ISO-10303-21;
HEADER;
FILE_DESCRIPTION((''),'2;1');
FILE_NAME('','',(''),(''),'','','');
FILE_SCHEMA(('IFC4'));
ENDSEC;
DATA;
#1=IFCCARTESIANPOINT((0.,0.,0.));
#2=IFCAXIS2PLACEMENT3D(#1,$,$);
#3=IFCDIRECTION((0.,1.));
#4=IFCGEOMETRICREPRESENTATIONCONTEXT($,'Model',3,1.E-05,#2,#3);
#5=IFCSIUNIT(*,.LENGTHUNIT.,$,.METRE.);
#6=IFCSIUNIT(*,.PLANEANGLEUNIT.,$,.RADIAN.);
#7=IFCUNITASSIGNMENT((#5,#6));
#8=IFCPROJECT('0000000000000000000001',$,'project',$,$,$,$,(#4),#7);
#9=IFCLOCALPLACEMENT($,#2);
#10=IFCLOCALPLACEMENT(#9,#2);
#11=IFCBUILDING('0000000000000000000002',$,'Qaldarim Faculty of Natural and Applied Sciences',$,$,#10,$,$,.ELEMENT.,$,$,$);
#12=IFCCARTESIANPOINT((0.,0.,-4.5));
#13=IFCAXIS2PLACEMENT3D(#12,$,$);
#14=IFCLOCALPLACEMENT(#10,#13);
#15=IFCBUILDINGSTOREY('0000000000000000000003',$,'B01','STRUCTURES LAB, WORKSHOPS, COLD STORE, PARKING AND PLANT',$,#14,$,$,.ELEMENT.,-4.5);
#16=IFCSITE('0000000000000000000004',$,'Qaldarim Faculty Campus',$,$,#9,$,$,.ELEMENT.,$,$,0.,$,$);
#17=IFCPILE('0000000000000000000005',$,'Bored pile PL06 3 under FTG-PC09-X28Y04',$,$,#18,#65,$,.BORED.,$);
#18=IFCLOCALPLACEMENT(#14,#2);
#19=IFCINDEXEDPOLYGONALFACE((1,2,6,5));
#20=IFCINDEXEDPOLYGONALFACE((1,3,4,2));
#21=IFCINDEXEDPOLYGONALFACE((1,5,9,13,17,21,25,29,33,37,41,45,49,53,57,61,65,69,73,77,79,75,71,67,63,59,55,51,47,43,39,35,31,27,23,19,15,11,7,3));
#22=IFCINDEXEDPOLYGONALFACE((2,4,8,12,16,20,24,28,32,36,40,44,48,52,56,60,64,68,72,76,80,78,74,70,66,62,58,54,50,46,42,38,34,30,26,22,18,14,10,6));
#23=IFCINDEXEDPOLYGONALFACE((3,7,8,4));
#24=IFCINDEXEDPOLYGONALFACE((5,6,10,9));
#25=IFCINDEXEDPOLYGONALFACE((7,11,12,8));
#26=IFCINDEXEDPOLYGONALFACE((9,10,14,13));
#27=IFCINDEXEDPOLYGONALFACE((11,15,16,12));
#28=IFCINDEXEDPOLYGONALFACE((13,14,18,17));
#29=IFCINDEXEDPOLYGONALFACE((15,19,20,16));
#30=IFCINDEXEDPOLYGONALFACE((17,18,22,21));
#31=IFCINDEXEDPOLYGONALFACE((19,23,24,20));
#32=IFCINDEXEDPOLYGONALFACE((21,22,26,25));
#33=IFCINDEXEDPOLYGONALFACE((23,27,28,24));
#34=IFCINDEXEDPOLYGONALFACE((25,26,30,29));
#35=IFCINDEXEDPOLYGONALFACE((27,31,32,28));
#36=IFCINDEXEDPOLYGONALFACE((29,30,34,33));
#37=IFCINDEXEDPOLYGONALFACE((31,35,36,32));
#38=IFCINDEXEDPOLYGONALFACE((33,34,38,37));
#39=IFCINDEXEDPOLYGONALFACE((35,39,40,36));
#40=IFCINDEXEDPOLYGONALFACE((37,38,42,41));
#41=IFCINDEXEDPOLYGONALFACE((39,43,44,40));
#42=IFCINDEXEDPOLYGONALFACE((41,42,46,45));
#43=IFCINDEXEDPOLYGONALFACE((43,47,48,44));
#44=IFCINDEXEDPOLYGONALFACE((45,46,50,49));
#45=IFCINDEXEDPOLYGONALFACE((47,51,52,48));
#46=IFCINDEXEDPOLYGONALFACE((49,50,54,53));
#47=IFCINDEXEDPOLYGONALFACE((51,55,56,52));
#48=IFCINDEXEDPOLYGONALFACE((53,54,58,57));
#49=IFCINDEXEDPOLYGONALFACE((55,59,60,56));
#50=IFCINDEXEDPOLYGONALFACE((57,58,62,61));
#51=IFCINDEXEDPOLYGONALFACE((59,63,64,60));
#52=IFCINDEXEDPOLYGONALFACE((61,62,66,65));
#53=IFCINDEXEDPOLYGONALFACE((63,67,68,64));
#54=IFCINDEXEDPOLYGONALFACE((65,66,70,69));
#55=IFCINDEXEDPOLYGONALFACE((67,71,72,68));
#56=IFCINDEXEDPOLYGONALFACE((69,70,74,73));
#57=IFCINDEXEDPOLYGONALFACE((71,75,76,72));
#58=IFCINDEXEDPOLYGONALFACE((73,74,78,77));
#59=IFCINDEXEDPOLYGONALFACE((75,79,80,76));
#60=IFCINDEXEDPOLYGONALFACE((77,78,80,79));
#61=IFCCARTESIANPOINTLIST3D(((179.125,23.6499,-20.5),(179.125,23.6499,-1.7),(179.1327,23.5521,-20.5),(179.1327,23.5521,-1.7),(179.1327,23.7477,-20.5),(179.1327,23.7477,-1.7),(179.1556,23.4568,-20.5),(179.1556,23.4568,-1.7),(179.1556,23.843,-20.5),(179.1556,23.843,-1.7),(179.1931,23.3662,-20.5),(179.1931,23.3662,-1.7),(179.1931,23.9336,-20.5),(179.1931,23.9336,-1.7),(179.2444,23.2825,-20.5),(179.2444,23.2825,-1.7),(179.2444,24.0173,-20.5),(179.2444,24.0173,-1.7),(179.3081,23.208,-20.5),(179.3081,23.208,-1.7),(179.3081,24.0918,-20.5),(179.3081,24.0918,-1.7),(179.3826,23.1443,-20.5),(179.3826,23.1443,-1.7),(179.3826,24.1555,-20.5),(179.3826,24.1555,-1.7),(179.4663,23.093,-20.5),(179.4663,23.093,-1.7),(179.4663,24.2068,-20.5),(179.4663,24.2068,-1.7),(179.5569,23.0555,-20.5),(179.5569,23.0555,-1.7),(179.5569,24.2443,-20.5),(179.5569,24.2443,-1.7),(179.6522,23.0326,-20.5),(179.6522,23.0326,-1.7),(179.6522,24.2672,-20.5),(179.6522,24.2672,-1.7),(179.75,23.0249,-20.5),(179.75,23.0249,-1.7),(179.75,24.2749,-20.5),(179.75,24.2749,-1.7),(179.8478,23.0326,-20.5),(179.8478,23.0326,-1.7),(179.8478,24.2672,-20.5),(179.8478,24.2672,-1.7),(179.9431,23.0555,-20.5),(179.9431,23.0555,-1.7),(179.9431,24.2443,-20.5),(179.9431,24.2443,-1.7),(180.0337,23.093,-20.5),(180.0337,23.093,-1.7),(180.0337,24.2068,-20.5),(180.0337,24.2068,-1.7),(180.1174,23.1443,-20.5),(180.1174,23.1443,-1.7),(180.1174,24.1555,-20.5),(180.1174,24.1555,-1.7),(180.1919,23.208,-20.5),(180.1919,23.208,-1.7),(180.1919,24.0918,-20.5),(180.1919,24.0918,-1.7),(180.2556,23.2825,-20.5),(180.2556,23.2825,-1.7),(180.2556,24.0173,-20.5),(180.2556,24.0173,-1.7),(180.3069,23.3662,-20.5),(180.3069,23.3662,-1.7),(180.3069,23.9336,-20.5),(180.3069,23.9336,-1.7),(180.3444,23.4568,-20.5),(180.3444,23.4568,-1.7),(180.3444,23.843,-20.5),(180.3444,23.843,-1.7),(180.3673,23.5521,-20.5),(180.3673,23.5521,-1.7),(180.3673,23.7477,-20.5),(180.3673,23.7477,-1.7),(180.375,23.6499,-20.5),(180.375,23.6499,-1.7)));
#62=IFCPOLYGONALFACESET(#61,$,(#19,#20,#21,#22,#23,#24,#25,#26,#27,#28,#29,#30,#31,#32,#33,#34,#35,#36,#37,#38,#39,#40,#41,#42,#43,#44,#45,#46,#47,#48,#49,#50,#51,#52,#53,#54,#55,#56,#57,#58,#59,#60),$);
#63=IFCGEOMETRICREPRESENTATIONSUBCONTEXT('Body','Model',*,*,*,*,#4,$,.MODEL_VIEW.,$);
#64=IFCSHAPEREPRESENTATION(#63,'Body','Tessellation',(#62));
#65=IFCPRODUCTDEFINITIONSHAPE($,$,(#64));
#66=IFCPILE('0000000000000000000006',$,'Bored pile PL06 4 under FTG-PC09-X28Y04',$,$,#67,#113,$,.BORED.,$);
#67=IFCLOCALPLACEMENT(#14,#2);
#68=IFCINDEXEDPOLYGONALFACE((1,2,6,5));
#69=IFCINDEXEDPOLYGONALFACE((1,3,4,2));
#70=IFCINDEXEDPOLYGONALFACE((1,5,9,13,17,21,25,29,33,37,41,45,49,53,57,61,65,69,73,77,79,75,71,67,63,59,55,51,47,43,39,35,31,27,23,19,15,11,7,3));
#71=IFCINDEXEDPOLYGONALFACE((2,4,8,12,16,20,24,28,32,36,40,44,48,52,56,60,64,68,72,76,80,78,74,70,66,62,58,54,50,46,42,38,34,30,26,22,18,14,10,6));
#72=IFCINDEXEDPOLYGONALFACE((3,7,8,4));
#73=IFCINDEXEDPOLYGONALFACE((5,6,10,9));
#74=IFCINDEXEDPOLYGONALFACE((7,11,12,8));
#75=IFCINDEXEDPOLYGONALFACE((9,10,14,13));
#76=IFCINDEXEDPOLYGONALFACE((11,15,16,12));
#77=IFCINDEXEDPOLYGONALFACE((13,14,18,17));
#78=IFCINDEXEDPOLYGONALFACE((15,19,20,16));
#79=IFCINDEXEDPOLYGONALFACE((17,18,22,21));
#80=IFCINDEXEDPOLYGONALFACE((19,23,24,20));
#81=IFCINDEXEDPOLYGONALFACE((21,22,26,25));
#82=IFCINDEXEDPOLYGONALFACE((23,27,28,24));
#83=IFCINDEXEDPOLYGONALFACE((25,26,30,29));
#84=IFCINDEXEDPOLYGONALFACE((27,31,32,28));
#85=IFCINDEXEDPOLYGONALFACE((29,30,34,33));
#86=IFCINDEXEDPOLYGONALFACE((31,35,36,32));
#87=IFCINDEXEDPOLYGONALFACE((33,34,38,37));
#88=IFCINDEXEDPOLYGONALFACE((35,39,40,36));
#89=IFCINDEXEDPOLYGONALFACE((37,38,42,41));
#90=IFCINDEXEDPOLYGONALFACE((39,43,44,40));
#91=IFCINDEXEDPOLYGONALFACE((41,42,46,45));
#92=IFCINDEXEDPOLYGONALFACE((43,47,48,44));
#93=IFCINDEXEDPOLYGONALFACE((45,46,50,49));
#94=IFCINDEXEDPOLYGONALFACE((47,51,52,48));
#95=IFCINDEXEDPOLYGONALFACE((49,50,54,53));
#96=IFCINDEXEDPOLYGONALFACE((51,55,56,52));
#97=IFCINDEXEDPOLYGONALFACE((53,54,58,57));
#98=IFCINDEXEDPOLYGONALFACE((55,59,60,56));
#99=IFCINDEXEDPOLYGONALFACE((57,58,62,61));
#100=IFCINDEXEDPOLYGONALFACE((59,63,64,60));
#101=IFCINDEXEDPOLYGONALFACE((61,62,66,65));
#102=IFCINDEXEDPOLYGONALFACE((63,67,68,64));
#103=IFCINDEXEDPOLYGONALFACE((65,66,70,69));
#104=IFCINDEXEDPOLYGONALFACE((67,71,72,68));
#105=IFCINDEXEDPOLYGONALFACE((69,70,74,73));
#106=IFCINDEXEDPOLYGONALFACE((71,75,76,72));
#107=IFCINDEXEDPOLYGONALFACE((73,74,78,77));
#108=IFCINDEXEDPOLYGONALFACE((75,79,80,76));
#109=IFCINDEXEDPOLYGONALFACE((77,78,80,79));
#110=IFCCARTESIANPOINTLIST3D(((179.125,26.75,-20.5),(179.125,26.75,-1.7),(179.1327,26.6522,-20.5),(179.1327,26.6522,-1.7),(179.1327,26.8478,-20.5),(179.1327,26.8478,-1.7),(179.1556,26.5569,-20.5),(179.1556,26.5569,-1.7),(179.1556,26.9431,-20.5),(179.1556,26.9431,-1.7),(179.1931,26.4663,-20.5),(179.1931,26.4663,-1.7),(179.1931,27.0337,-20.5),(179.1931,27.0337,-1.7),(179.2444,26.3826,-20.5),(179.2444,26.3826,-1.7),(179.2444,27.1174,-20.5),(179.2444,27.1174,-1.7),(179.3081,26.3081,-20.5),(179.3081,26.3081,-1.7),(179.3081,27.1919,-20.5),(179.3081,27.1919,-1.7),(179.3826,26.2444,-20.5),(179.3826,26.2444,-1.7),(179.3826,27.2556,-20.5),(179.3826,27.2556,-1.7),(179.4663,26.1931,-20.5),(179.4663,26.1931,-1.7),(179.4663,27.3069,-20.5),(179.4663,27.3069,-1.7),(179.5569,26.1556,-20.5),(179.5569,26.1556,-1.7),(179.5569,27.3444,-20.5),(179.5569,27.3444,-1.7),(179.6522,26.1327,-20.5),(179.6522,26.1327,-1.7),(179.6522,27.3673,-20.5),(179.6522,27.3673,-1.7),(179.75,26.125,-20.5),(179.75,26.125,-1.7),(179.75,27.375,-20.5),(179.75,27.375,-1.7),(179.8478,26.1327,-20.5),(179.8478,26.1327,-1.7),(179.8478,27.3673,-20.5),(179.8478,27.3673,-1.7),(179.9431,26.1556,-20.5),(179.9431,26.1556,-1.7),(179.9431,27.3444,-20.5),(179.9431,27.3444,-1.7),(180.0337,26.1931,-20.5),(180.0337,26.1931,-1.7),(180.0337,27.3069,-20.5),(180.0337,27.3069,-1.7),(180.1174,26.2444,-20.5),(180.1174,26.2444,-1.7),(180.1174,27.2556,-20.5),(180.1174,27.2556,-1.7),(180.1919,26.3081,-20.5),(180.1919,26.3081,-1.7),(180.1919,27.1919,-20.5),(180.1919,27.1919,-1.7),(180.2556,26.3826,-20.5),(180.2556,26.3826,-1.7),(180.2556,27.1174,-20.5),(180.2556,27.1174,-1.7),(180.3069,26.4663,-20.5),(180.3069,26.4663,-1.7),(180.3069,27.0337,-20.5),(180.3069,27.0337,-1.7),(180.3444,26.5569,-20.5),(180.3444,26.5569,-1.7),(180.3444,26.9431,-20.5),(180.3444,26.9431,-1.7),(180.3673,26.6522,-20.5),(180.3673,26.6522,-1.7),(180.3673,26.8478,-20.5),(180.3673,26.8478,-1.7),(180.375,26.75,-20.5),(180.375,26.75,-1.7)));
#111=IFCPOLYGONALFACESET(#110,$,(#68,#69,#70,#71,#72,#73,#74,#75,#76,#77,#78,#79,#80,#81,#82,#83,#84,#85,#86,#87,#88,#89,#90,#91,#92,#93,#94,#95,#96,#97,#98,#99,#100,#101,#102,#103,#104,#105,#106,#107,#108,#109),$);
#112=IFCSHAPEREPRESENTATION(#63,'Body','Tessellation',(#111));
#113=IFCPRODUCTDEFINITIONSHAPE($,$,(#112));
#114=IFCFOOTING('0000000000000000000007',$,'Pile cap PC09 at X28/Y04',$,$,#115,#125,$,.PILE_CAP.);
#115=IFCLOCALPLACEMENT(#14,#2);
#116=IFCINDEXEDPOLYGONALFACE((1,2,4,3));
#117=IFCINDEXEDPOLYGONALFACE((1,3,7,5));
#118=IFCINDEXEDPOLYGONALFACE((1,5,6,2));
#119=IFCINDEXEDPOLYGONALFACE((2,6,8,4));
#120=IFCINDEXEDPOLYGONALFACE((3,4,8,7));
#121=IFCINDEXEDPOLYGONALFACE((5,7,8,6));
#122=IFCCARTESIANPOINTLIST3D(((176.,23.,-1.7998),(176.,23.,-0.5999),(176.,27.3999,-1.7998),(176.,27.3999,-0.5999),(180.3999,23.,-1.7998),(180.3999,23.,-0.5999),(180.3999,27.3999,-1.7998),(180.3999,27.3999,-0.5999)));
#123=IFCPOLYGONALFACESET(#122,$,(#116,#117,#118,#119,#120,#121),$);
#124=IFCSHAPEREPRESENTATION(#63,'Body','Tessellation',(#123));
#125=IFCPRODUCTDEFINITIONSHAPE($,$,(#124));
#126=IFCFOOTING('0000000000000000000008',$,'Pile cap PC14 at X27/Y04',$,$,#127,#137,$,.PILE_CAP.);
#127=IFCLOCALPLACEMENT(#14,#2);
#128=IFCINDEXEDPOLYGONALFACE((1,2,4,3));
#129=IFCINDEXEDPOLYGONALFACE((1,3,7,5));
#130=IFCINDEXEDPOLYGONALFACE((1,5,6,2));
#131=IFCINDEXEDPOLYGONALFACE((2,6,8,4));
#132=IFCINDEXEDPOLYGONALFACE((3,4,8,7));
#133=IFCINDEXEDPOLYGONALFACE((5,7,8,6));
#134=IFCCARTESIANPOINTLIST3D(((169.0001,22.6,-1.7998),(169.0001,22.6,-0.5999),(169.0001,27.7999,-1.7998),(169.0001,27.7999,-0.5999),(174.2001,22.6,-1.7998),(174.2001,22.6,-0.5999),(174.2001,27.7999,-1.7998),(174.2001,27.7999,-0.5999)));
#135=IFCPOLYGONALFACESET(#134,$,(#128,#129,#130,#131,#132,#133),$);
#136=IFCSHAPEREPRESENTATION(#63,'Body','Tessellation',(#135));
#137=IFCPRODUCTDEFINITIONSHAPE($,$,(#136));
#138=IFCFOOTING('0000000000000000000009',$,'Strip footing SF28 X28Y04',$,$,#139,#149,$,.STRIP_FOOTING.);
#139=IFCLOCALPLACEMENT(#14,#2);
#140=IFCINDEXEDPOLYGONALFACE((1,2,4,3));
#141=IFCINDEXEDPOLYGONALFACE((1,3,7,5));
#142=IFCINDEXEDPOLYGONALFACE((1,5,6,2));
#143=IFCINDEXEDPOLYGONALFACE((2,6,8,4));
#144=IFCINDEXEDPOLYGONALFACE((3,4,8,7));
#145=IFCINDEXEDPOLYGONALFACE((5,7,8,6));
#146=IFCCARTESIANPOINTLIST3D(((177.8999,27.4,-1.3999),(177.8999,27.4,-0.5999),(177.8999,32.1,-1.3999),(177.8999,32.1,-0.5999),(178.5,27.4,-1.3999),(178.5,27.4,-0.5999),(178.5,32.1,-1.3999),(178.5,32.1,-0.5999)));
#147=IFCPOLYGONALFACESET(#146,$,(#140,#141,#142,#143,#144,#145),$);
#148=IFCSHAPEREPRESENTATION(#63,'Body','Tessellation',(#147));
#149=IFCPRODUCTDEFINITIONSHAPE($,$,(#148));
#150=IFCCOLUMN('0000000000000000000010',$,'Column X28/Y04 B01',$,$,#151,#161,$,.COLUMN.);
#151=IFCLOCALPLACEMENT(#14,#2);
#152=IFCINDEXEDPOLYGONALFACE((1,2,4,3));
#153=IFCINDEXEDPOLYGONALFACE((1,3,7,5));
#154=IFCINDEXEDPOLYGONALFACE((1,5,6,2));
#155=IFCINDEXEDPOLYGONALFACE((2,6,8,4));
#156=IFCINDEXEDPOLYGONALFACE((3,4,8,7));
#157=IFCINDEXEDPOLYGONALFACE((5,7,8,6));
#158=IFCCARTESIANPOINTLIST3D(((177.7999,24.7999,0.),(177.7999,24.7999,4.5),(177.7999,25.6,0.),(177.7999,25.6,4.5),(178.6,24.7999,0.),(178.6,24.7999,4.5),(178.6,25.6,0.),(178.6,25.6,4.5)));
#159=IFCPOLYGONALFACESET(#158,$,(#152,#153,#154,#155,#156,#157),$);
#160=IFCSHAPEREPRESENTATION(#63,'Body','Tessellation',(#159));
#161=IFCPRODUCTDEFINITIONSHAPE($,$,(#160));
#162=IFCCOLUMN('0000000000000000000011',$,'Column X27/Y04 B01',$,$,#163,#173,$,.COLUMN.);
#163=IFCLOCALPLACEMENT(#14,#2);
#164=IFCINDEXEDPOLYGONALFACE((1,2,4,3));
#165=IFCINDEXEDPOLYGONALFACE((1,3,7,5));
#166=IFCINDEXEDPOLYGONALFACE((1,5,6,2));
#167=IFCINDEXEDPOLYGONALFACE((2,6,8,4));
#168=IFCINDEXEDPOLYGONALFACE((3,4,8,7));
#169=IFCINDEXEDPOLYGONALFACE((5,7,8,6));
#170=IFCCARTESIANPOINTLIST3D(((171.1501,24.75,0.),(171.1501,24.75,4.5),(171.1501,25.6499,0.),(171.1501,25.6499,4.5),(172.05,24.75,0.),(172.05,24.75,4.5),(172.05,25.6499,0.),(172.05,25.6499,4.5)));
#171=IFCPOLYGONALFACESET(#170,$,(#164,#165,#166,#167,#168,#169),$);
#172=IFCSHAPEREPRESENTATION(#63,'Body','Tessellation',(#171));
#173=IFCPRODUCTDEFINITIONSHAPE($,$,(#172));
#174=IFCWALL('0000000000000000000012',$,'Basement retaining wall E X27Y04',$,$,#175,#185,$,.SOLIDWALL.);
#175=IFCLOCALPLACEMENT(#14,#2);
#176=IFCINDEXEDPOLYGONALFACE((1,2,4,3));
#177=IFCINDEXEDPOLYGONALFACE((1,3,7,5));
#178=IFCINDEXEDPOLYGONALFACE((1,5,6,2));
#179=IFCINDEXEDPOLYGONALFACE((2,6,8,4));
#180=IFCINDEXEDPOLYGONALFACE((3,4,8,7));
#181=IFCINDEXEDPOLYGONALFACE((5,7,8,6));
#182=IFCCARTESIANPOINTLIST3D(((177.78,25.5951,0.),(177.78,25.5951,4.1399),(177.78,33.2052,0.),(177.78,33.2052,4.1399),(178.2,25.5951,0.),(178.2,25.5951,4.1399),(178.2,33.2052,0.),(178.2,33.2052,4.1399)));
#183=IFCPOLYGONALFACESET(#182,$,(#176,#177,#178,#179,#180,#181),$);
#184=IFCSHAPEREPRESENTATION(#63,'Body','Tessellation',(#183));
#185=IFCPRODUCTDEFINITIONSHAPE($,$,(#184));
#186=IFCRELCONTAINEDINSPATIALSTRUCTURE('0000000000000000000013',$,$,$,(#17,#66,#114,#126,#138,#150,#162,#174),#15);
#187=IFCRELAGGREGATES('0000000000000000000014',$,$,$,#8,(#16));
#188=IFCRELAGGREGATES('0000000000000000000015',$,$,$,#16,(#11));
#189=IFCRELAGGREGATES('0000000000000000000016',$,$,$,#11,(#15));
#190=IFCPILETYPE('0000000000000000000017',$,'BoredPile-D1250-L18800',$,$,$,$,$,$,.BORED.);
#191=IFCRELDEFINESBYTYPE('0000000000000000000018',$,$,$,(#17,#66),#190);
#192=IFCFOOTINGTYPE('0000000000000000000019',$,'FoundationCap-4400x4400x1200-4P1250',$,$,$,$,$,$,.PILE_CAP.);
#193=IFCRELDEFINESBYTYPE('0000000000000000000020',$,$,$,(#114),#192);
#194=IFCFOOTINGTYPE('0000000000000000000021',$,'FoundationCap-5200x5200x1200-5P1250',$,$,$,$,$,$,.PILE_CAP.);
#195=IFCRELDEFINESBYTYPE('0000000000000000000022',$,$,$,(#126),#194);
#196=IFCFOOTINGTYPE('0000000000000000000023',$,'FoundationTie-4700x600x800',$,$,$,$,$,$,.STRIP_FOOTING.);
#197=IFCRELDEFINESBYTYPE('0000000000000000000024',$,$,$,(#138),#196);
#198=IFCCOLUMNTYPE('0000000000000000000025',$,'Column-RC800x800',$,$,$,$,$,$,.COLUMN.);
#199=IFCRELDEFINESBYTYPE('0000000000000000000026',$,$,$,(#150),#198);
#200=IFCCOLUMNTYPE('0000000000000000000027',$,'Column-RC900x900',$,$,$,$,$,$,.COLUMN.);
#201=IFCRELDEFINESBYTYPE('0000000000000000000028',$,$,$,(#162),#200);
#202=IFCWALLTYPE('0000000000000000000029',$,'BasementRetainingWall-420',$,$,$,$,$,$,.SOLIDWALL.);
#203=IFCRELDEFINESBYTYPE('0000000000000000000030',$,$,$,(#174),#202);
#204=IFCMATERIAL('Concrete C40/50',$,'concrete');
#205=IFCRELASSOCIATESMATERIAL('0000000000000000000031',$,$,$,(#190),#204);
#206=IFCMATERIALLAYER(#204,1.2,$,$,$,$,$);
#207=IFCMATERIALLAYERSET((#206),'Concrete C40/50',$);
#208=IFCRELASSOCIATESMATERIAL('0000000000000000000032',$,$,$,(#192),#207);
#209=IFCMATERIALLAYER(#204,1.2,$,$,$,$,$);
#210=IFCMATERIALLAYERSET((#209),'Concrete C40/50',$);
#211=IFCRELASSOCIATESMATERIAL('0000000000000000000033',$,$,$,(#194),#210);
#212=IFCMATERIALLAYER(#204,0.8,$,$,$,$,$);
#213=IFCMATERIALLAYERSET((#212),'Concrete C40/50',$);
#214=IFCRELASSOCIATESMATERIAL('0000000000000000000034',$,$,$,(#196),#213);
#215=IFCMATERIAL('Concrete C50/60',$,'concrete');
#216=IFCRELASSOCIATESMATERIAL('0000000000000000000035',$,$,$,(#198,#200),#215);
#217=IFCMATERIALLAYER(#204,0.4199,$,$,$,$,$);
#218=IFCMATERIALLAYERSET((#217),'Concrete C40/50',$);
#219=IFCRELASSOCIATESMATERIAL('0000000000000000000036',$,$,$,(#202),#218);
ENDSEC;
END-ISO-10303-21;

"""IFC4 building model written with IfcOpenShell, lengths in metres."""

from ifc_helpers import new_model, si_unit, direction, frame, frame_2d, origin, origin_2d, place, context, subcontext, project, spatial, rectangle, circle, extrude, material, layer, layer_set, material_profile, profile_set, type_object, element, save


model = new_model("IFC4")

# Units and contexts
model_context = context("Model", 3, precision=1e-05, world=origin(), true_north=direction((0.0, 1.0)))
body_context = subcontext(model_context, "Body", "Model", "MODEL_VIEW")
ifc_project = project(units=[si_unit("LENGTHUNIT", "METRE"), si_unit("PLANEANGLEUNIT", "RADIAN")], contexts=[model_context])

# Site, building, storey
site_placement = place(None, origin())
site = spatial("IfcSite", under=ifc_project, at=site_placement, Name="Qaldarim Faculty Campus", CompositionType="ELEMENT", RefElevation=0.0)
building_placement = place(site_placement, origin())
building = spatial("IfcBuilding", under=site, at=building_placement, Name="Qaldarim Faculty of Natural and Applied Sciences", CompositionType="ELEMENT")
storey_placement = place(building_placement, frame((0.0, 0.0, -4.5)))
storey = spatial("IfcBuildingStorey", under=building, at=storey_placement, Name="B01", Description="STRUCTURES LAB, WORKSHOPS, COLD STORE, PARKING AND PLANT", CompositionType="ELEMENT", Elevation=-4.5)

# Piles
ifc_material_1 = material(Name="Concrete C40/50", Category="concrete")
ifc_material_profile_1 = material_profile(ifc_material_1, circle(Radius=0.625, at=origin_2d()), Name="PILE-D1250")
ifc_profile_set_1 = profile_set([ifc_material_profile_1], Name="Concrete C40/50")
pile_type = type_object("IfcPileType", Name="BoredPile-D1250-L18800", PredefinedType="BORED", material=ifc_profile_set_1)
for number, where, z_axis, x_axis, name in (
    (1, (179.75, 23.6499, -1.7), (0.0, 0.0, -1.0), (1.0, 0.0, 0.0), "Bored pile PL06 3 under FTG-PC09-X28Y04"),
    (2, (179.75, 26.75, -1.7), (0.0, 0.0, -1.0), (1.0, 0.0, 0.0), "Bored pile PL06 4 under FTG-PC09-X28Y04"),
):
    element("IfcPile", number, at=place(storey_placement, frame(where, z_axis=z_axis, x_axis=x_axis)), inside=storey, type_object=pile_type, Name=name, PredefinedType="BORED", context=body_context, shape_type="SweptSolid", body=[
        extrude(circle(Radius=0.625, at=origin_2d()), origin(), (0.0, 0.0, 1.0), 18.8),
    ])

# Footings
ifc_layer_1 = layer(ifc_material_1, 1.2)
ifc_layer_set_1 = layer_set([ifc_layer_1], Name="Concrete C40/50")
footing_type_1 = type_object("IfcFootingType", Name="FoundationCap-4400x4400x1200-4P1250", PredefinedType="PILE_CAP", material=ifc_layer_set_1)
footing_1_placement = place(storey_placement, frame((178.2, 25.2, -1.7998), z_axis=(0.0, 0.0, 1.0), x_axis=(1.0, 0.0, 0.0)))
element("IfcFooting", 3, at=footing_1_placement, inside=storey, type_object=footing_type_1, Name="Pile cap PC09 at X28/Y04", PredefinedType="PILE_CAP", context=body_context, shape_type="SweptSolid", body=[
    extrude(rectangle(XDim=4.3999, YDim=4.3999, at=origin_2d()), origin(), (0.0, 0.0, 1.0), 1.2),
])
ifc_layer_2 = layer(ifc_material_1, 1.2)
ifc_layer_set_2 = layer_set([ifc_layer_2], Name="Concrete C40/50")
footing_type_2 = type_object("IfcFootingType", Name="FoundationCap-5200x5200x1200-5P1250", PredefinedType="PILE_CAP", material=ifc_layer_set_2)
footing_2_placement = place(storey_placement, frame((171.6001, 25.2, -1.7998), z_axis=(0.0, 0.0, 1.0), x_axis=(1.0, 0.0, 0.0)))
element("IfcFooting", 4, at=footing_2_placement, inside=storey, type_object=footing_type_2, Name="Pile cap PC14 at X27/Y04", PredefinedType="PILE_CAP", context=body_context, shape_type="SweptSolid", body=[
    extrude(rectangle(XDim=5.2, YDim=5.2, at=origin_2d()), origin(), (0.0, 0.0, 1.0), 1.2),
])
ifc_layer_3 = layer(ifc_material_1, 0.8)
ifc_layer_set_3 = layer_set([ifc_layer_3], Name="Concrete C40/50")
footing_type_3 = type_object("IfcFootingType", Name="FoundationTie-4700x600x800", PredefinedType="STRIP_FOOTING", material=ifc_layer_set_3)
footing_3_placement = place(storey_placement, frame((178.2, 29.75, -1.3999), z_axis=(0.0, 0.0, 1.0), x_axis=(0.0, 1.0, 0.0)))
element("IfcFooting", 5, at=footing_3_placement, inside=storey, type_object=footing_type_3, Name="Strip footing SF28 X28Y04", PredefinedType="STRIP_FOOTING", context=body_context, shape_type="SweptSolid", body=[
    extrude(rectangle(XDim=4.7, YDim=0.6001, at=origin_2d()), origin(), (0.0, 0.0, 1.0), 0.8),
])

# Columns
ifc_material_2 = material(Name="Concrete C50/60", Category="concrete")
ifc_material_profile_2 = material_profile(ifc_material_2, rectangle(XDim=0.8, YDim=0.8, at=origin_2d()), Name="RC-C800x800")
ifc_profile_set_2 = profile_set([ifc_material_profile_2], Name="Concrete C50/60")
column_type_1 = type_object("IfcColumnType", Name="Column-RC800x800", PredefinedType="COLUMN", material=ifc_profile_set_2)
column_1_placement = place(storey_placement, frame((178.2, 25.2, 0.0), z_axis=(0.0, 0.0, 1.0), x_axis=(1.0, 0.0, 0.0)))
element("IfcColumn", 6, at=column_1_placement, inside=storey, type_object=column_type_1, Name="Column X28/Y04 B01", PredefinedType="COLUMN", context=body_context, shape_type="SweptSolid", body=[
    extrude(rectangle(XDim=0.8, YDim=0.8, at=origin_2d()), origin(), (0.0, 0.0, 1.0), 4.5),
])
ifc_material_profile_3 = material_profile(ifc_material_2, rectangle(XDim=0.8999, YDim=0.8999, at=origin_2d()), Name="RC-C900x900")
ifc_profile_set_3 = profile_set([ifc_material_profile_3], Name="Concrete C50/60")
column_type_2 = type_object("IfcColumnType", Name="Column-RC900x900", PredefinedType="COLUMN", material=ifc_profile_set_3)
column_2_placement = place(storey_placement, frame((171.6001, 25.2, 0.0), z_axis=(0.0, 0.0, 1.0), x_axis=(1.0, 0.0, 0.0)))
element("IfcColumn", 7, at=column_2_placement, inside=storey, type_object=column_type_2, Name="Column X27/Y04 B01", PredefinedType="COLUMN", context=body_context, shape_type="SweptSolid", body=[
    extrude(rectangle(XDim=0.8999, YDim=0.8999, at=origin_2d()), origin(), (0.0, 0.0, 1.0), 4.5),
])

# Wall
ifc_layer_4 = layer(ifc_material_1, 0.4199)
ifc_layer_set_4 = layer_set([ifc_layer_4], Name="Concrete C40/50")
wall_type_1 = type_object("IfcWallType", Name="BasementRetainingWall-420", PredefinedType="SOLIDWALL", material=ifc_layer_set_4)
wall_1_placement = place(storey_placement, frame((177.99, 25.595, 0.0), z_axis=(0.0, 0.0, 1.0), x_axis=(0.0, 1.0, 0.0)))
element("IfcWall", 8, at=wall_1_placement, inside=storey, type_object=wall_type_1, Name="Basement retaining wall E X27Y04", PredefinedType="SOLIDWALL", context=body_context, shape_type="SweptSolid", body=[
    extrude(rectangle(XDim=7.6101, YDim=0.4199, at=frame_2d((3.8052, 0.0))), origin(), (0.0, 0.0, 1.0), 4.1399),
])

save(model, "model.ifc")
